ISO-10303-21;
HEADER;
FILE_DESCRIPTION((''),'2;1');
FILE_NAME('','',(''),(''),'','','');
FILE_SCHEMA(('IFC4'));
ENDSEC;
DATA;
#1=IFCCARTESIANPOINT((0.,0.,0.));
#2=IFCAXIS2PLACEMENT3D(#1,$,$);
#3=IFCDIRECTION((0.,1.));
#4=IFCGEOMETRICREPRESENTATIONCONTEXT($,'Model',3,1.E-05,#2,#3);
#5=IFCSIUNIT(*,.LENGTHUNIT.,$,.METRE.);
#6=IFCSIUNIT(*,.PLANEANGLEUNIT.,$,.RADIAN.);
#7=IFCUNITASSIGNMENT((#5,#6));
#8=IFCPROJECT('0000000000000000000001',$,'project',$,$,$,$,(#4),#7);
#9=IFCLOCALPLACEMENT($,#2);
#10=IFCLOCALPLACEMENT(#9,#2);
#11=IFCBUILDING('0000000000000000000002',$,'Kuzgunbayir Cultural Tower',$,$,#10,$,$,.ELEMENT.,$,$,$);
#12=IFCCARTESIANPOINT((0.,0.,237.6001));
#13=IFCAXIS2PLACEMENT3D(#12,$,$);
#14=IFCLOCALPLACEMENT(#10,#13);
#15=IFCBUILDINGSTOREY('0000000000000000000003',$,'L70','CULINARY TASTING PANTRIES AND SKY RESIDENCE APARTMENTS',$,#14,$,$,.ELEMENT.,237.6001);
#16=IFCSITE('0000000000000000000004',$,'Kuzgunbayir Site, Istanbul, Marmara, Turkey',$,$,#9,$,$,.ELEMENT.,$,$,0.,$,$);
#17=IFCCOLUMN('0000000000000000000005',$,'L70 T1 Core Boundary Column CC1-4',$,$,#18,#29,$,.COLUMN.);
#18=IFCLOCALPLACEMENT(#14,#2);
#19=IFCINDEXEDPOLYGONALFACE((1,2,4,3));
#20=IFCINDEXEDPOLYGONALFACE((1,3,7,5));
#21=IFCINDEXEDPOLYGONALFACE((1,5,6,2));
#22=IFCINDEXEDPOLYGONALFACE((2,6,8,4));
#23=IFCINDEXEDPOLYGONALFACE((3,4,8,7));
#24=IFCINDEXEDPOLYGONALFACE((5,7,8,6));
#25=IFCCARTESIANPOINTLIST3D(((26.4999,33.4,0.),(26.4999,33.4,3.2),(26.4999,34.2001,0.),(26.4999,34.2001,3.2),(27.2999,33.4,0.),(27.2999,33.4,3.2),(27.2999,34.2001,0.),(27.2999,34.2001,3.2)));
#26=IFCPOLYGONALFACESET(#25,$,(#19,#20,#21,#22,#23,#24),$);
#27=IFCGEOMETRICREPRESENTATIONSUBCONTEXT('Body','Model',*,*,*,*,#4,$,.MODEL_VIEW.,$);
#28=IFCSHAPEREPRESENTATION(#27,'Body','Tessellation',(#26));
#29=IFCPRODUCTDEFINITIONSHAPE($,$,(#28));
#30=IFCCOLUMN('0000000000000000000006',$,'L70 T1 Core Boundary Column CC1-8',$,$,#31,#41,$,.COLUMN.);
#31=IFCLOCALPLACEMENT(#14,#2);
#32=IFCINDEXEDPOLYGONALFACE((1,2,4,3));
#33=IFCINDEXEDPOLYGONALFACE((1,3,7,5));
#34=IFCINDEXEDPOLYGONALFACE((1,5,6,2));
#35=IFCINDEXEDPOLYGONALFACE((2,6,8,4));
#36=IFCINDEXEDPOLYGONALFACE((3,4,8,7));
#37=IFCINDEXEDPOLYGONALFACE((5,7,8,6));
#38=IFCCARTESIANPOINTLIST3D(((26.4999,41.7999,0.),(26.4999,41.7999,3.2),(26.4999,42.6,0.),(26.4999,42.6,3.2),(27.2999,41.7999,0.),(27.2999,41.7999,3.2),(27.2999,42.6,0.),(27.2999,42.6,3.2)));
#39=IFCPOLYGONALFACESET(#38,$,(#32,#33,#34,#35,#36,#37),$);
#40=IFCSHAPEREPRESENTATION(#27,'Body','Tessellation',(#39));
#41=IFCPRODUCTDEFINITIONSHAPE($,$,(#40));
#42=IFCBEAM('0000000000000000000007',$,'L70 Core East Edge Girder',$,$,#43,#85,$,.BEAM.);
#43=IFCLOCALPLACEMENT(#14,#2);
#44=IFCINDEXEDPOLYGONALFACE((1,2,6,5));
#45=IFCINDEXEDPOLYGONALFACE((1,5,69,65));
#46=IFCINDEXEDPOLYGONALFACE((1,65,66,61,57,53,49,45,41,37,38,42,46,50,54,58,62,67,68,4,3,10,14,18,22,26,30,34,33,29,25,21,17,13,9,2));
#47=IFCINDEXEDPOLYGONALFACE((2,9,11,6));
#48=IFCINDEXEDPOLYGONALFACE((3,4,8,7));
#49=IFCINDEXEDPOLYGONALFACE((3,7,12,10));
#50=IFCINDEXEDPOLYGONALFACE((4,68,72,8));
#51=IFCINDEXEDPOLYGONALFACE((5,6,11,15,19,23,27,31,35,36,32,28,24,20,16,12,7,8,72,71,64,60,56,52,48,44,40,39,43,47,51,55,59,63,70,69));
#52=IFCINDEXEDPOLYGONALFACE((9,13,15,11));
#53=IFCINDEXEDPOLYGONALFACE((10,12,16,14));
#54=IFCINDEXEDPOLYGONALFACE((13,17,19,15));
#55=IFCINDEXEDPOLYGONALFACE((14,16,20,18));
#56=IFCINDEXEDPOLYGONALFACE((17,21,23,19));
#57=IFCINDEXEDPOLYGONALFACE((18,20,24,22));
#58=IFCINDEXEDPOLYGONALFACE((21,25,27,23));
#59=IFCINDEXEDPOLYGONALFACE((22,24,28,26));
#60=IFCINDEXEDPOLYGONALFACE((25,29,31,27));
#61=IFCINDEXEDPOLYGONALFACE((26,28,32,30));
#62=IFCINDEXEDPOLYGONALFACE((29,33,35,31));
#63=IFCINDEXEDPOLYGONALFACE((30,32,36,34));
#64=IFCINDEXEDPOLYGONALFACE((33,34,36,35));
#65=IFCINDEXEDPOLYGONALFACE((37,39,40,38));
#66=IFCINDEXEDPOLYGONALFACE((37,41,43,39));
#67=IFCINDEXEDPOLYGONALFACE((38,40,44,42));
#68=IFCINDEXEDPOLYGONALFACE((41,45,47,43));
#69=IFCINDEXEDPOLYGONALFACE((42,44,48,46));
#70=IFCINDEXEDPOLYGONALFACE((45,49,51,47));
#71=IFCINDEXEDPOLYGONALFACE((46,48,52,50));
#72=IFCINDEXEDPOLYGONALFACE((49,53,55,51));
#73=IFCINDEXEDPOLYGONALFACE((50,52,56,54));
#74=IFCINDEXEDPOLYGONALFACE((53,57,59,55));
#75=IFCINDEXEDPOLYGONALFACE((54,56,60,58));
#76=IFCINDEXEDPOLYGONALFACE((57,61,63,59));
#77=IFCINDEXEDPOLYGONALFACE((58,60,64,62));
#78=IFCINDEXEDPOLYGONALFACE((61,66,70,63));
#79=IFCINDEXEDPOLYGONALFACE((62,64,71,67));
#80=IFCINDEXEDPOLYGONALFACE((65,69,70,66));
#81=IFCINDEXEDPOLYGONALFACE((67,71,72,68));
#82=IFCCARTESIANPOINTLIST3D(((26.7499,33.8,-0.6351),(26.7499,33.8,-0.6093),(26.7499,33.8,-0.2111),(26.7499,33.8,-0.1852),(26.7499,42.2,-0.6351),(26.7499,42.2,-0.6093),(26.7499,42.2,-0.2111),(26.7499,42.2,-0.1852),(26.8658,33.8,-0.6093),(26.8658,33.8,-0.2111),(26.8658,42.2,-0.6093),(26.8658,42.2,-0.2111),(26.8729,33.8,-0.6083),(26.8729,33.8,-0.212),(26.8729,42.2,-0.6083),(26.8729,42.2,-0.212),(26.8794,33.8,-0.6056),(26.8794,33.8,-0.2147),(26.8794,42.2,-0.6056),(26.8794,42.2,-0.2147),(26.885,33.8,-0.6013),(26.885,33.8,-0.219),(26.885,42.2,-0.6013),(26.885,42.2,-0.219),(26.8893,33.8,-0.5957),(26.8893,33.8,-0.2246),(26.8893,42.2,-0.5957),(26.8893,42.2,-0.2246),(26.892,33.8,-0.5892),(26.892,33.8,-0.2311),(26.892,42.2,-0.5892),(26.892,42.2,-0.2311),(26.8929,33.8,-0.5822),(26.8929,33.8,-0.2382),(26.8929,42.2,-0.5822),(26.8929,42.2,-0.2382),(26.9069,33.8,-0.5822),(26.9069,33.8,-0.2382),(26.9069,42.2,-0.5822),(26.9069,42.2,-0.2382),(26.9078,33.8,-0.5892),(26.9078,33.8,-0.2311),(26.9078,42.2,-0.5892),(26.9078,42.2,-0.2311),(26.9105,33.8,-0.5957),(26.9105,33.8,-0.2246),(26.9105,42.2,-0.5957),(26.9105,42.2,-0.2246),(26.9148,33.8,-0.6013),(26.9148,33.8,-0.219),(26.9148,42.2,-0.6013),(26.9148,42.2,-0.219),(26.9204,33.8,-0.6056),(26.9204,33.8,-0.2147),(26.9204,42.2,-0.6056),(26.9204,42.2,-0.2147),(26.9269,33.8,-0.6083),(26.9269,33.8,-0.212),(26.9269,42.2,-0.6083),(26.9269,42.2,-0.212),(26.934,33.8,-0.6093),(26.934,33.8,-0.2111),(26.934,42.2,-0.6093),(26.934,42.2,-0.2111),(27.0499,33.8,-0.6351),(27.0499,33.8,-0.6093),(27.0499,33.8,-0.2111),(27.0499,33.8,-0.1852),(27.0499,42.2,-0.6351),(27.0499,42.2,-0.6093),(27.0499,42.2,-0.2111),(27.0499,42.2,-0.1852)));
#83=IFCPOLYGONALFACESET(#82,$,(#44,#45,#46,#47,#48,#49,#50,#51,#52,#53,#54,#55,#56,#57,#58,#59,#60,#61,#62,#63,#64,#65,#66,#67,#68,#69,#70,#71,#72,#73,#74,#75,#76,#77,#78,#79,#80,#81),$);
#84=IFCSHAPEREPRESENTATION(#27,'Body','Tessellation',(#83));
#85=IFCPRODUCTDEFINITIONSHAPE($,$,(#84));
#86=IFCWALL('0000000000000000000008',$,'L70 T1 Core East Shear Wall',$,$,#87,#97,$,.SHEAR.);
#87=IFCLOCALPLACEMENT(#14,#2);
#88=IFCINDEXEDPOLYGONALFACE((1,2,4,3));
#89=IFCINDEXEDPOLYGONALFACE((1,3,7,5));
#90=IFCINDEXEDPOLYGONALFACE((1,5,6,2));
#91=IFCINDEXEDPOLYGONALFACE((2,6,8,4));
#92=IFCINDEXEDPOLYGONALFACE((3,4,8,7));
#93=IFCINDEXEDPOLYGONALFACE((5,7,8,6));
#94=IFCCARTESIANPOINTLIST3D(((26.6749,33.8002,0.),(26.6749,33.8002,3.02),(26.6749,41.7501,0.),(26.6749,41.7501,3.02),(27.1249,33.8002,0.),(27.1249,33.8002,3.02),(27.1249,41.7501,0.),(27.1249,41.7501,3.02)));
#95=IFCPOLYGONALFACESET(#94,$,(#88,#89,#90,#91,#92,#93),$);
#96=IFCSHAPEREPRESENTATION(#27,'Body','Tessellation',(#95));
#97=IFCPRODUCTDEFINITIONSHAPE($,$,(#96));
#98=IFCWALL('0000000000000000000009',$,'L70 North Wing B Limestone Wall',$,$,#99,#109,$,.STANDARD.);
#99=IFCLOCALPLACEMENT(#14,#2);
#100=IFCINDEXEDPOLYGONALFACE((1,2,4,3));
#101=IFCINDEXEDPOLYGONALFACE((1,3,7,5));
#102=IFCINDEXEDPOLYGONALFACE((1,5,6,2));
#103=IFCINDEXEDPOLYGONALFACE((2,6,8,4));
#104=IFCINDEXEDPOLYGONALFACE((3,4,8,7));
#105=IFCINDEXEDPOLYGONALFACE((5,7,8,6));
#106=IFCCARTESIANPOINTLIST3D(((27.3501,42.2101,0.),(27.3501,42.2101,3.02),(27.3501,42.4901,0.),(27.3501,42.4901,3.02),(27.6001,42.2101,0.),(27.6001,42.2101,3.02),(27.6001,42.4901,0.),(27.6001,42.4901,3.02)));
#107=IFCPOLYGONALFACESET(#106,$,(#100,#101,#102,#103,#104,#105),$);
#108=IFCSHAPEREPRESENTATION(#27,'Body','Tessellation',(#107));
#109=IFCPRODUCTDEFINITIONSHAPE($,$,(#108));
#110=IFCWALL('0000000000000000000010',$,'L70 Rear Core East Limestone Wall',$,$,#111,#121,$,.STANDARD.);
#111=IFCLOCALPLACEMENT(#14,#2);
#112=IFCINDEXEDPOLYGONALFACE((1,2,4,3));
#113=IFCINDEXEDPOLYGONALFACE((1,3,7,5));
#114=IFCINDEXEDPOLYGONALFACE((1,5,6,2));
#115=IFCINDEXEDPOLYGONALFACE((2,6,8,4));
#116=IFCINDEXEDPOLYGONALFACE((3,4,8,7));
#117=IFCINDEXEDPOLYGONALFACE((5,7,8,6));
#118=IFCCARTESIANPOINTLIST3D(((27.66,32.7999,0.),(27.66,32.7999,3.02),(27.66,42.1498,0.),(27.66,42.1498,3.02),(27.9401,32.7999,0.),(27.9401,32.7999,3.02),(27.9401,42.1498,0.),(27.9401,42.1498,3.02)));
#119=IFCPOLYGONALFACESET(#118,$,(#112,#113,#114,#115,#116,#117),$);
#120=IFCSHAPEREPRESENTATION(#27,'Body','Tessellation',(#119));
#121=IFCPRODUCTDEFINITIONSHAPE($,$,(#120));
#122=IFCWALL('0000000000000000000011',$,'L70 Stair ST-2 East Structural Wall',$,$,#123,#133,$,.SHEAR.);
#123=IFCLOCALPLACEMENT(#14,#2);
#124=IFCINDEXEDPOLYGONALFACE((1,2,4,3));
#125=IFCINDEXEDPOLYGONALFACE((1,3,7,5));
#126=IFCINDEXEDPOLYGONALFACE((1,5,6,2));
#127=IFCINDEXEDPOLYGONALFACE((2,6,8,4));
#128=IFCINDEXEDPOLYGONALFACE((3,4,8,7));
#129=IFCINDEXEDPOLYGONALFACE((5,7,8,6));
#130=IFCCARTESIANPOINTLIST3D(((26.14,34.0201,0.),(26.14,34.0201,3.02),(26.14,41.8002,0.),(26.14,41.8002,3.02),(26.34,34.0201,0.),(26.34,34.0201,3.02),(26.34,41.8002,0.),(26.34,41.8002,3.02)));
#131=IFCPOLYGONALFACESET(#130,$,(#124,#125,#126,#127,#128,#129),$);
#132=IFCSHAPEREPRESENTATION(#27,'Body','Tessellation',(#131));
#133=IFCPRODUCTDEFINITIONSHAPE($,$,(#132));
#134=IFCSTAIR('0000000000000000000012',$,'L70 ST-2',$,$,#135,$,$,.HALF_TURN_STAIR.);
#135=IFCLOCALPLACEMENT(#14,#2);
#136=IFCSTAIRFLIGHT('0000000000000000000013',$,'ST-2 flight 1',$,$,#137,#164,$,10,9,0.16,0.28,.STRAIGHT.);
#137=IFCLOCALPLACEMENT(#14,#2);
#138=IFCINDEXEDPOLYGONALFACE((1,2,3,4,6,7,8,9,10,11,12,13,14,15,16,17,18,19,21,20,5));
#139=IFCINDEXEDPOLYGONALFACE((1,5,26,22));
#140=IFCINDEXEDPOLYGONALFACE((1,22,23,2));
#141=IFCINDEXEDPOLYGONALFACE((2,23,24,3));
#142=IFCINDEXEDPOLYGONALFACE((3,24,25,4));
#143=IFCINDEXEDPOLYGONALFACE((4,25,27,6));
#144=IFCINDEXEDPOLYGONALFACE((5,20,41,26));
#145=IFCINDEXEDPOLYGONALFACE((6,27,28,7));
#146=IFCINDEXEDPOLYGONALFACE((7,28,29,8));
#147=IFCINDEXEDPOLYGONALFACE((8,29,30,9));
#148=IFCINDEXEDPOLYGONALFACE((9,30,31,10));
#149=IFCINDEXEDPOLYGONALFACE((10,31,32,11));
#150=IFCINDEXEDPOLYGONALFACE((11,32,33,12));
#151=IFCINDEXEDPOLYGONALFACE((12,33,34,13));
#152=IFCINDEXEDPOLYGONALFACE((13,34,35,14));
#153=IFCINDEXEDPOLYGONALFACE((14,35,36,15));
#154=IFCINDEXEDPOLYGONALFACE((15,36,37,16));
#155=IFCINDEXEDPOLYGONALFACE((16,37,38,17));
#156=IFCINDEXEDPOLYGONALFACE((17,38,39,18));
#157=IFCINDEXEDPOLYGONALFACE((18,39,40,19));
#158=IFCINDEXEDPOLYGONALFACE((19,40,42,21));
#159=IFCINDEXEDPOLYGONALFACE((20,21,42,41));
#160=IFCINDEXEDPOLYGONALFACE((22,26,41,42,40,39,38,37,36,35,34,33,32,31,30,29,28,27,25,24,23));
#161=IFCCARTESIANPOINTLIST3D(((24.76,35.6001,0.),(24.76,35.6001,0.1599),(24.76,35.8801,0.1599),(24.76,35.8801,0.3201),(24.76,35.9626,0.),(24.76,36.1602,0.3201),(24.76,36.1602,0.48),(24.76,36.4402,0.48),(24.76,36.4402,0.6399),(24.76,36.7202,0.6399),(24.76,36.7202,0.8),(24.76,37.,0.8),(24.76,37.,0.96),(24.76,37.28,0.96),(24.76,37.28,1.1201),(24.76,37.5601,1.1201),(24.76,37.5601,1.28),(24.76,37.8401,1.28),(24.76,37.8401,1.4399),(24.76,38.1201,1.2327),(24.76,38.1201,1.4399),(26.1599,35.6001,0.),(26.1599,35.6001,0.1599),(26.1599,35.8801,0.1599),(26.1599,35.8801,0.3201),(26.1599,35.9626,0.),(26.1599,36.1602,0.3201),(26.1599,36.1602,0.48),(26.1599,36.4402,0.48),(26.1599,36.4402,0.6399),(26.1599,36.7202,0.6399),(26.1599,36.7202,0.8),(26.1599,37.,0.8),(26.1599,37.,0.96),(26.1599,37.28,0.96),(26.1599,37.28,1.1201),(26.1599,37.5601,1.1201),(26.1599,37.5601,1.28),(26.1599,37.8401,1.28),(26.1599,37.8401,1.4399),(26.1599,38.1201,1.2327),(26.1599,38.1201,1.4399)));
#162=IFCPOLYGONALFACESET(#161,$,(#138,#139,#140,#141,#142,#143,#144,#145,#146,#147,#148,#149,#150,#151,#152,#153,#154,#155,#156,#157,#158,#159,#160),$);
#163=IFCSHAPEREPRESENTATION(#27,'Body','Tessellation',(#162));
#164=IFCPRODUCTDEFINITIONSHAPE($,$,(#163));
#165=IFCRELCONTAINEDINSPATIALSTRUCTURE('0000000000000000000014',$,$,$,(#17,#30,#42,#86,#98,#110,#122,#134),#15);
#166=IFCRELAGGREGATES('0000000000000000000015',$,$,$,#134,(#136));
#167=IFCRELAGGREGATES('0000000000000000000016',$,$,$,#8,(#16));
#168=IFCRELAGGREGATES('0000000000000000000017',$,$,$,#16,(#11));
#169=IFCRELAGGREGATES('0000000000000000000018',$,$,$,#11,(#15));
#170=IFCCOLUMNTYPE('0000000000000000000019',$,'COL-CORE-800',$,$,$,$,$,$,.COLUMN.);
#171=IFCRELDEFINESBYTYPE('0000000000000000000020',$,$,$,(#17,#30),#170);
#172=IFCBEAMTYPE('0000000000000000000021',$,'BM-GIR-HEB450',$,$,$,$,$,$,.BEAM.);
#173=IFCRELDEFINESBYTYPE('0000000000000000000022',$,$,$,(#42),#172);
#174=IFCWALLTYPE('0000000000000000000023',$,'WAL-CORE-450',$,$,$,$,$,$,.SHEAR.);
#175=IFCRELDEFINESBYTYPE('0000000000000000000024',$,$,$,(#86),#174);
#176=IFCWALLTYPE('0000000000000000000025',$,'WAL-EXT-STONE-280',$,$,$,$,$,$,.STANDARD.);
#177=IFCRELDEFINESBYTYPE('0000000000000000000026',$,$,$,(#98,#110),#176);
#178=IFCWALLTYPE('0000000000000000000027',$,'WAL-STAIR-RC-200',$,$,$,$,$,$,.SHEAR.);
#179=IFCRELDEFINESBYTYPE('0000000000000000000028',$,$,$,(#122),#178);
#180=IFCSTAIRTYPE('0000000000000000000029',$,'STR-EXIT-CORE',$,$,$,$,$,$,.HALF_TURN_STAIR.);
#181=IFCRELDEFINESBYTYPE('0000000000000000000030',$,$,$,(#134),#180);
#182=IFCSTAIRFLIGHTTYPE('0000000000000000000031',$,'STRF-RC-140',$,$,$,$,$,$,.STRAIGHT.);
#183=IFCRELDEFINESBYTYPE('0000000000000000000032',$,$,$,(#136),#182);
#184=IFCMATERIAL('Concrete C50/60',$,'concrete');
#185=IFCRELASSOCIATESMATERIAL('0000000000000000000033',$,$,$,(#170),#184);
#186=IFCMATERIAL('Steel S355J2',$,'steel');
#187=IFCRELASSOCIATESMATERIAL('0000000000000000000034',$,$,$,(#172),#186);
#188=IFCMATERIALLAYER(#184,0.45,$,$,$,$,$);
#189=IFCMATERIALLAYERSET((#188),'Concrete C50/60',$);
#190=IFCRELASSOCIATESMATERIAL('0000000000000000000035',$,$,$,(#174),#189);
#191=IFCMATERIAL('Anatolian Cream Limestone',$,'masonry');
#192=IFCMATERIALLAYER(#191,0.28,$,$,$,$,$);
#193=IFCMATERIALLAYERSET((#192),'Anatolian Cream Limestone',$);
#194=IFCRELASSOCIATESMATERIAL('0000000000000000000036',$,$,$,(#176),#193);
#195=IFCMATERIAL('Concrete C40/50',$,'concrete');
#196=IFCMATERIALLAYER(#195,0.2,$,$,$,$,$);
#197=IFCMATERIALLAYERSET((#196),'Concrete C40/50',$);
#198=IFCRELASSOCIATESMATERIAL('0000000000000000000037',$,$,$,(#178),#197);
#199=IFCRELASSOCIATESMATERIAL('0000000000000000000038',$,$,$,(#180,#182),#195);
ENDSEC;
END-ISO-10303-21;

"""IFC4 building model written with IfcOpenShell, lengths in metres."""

from ifc_helpers import new_model, si_unit, direction, frame, frame_2d, origin, origin_2d, place, context, subcontext, project, spatial, polyline, rectangle, i_section, outline, extrude, material, layer, layer_set, material_profile, profile_set, type_object, element, aggregate, save


model = new_model("IFC4")

# Units and contexts
model_context = context("Model", 3, precision=1e-05, world=origin(), true_north=direction((0.0, 1.0)))
body_context = subcontext(model_context, "Body", "Model", "MODEL_VIEW")
ifc_project = project(units=[si_unit("LENGTHUNIT", "METRE"), si_unit("PLANEANGLEUNIT", "RADIAN")], contexts=[model_context])

# Site, building, storey
site_placement = place(None, origin())
site = spatial("IfcSite", under=ifc_project, at=site_placement, Name="Kuzgunbayir Site, Istanbul, Marmara, Turkey", CompositionType="ELEMENT", RefElevation=0.0)
building_placement = place(site_placement, origin())
building = spatial("IfcBuilding", under=site, at=building_placement, Name="Kuzgunbayir Cultural Tower", CompositionType="ELEMENT")
storey_placement = place(building_placement, frame((0.0, 0.0, 237.6001)))
storey = spatial("IfcBuildingStorey", under=building, at=storey_placement, Name="L70", Description="CULINARY TASTING PANTRIES AND SKY RESIDENCE APARTMENTS", CompositionType="ELEMENT", Elevation=237.6001)

# Columns
ifc_material_1 = material(Name="Concrete C50/60", Category="concrete")
ifc_material_profile_1 = material_profile(ifc_material_1, rectangle(XDim=0.8, YDim=0.8, at=origin_2d()), Name="RC 800x800")
ifc_profile_set_1 = profile_set([ifc_material_profile_1], Name="Concrete C50/60")
column_type = type_object("IfcColumnType", Name="COL-CORE-800", PredefinedType="COLUMN", material=ifc_profile_set_1)
for number, where, z_axis, x_axis, name in (
    (1, (26.8999, 33.8, 0.0), (0.0, 0.0, 1.0), (1.0, 0.0, 0.0), "L70 T1 Core Boundary Column CC1-4"),
    (2, (26.8999, 42.2, 0.0), (0.0, 0.0, 1.0), (1.0, 0.0, 0.0), "L70 T1 Core Boundary Column CC1-8"),
):
    element("IfcColumn", number, at=place(storey_placement, frame(where, z_axis=z_axis, x_axis=x_axis)), inside=storey, type_object=column_type, Name=name, PredefinedType="COLUMN", context=body_context, shape_type="SweptSolid", body=[
        extrude(rectangle(XDim=0.8, YDim=0.8, at=origin_2d()), origin(), (0.0, 0.0, 1.0), 3.2),
    ])

# Beam
ifc_material_2 = material(Name="Steel S355J2", Category="steel")
ifc_material_profile_2 = material_profile(ifc_material_2, i_section(OverallWidth=0.3, OverallDepth=0.45, WebThickness=0.0139, FlangeThickness=0.0259, FilletRadius=0.0271, at=origin_2d()), Name="HEB 450")
ifc_profile_set_2 = profile_set([ifc_material_profile_2], Name="Steel S355J2")
beam_type = type_object("IfcBeamType", Name="BM-GIR-HEB450", PredefinedType="BEAM", material=ifc_profile_set_2)
beam_placement = place(storey_placement, frame((26.8999, 33.8, -0.4102), z_axis=(0.0, 1.0, 0.0), x_axis=(-1.0, 0.0, 0.0)))
element("IfcBeam", 3, at=beam_placement, inside=storey, type_object=beam_type, Name="L70 Core East Edge Girder", PredefinedType="BEAM", context=body_context, shape_type="SweptSolid", body=[
    extrude(i_section(OverallWidth=0.3, OverallDepth=0.45, WebThickness=0.0139, FlangeThickness=0.0259, FilletRadius=0.0271, at=origin_2d()), origin(), (0.0, 0.0, 1.0), 8.3999),
])

# Walls
ifc_layer_1 = layer(ifc_material_1, 0.45)
ifc_layer_set_1 = layer_set([ifc_layer_1], Name="Concrete C50/60")
wall_type_1 = type_object("IfcWallType", Name="WAL-CORE-450", PredefinedType="SHEAR", material=ifc_layer_set_1)
wall_1_placement = place(storey_placement, frame((26.8999, 33.8, 0.0), z_axis=(0.0, 0.0, 1.0), x_axis=(0.0, 1.0, 0.0)))
element("IfcWall", 4, at=wall_1_placement, inside=storey, type_object=wall_type_1, Name="L70 T1 Core East Shear Wall", PredefinedType="SHEAR", context=body_context, shape_type="SweptSolid", body=[
    extrude(rectangle(XDim=7.95, YDim=0.45, at=frame_2d((3.9751, 0.0))), origin(), (0.0, 0.0, 1.0), 3.02),
])
ifc_material_3 = material(Name="Anatolian Cream Limestone", Category="masonry")
ifc_layer_2 = layer(ifc_material_3, 0.28)
ifc_layer_set_2 = layer_set([ifc_layer_2], Name="Anatolian Cream Limestone")
wall_type_2 = type_object("IfcWallType", Name="WAL-EXT-STONE-280", PredefinedType="STANDARD", material=ifc_layer_set_2)
wall_2_placement = place(storey_placement, frame((27.6001, 42.3501, 0.0), z_axis=(0.0, 0.0, 1.0), x_axis=(-1.0, 0.0, 0.0)))
element("IfcWall", 5, at=wall_2_placement, inside=storey, type_object=wall_type_2, Name="L70 North Wing B Limestone Wall", PredefinedType="STANDARD", context=body_context, shape_type="SweptSolid", body=[
    extrude(rectangle(XDim=0.25, YDim=0.28, at=frame_2d((0.125, 0.0))), origin(), (0.0, 0.0, 1.0), 3.02),
])
wall_3_placement = place(storey_placement, frame((27.8, 32.8, 0.0), z_axis=(0.0, 0.0, 1.0), x_axis=(0.0, 1.0, 0.0)))
element("IfcWall", 6, at=wall_3_placement, inside=storey, type_object=wall_type_2, Name="L70 Rear Core East Limestone Wall", PredefinedType="STANDARD", context=body_context, shape_type="SweptSolid", body=[
    extrude(rectangle(XDim=9.3499, YDim=0.28, at=frame_2d((4.6748, 0.0))), origin(), (0.0, 0.0, 1.0), 3.02),
])
ifc_material_4 = material(Name="Concrete C40/50", Category="concrete")
ifc_layer_3 = layer(ifc_material_4, 0.2)
ifc_layer_set_3 = layer_set([ifc_layer_3], Name="Concrete C40/50")
wall_type_3 = type_object("IfcWallType", Name="WAL-STAIR-RC-200", PredefinedType="SHEAR", material=ifc_layer_set_3)
wall_4_placement = place(storey_placement, frame((26.24, 34.02, 0.0), z_axis=(0.0, 0.0, 1.0), x_axis=(0.0, 1.0, 0.0)))
element("IfcWall", 7, at=wall_4_placement, inside=storey, type_object=wall_type_3, Name="L70 Stair ST-2 East Structural Wall", PredefinedType="SHEAR", context=body_context, shape_type="SweptSolid", body=[
    extrude(rectangle(XDim=7.78, YDim=0.2, at=frame_2d((3.8901, 0.0))), origin(), (0.0, 0.0, 1.0), 3.02),
])

# Stair, stair flight
stair_type = type_object("IfcStairType", Name="STR-EXIT-CORE", PredefinedType="HALF_TURN_STAIR", material=ifc_material_4)
stair_placement = place(storey_placement, origin())
stair = element("IfcStair", 8, at=stair_placement, inside=storey, type_object=stair_type, Name="L70 ST-2", PredefinedType="HALF_TURN_STAIR")
stair_flight_type = type_object("IfcStairFlightType", Name="STRF-RC-140", PredefinedType="STRAIGHT", material=ifc_material_4)
stair_flight_1_placement = place(storey_placement, frame((25.46, 35.6001, 0.0), z_axis=(0.0, 0.0, 1.0), x_axis=(0.0, 1.0, 0.0)))
stair_flight_1 = element("IfcStairFlight", 9, at=stair_flight_1_placement, type_object=stair_flight_type, Name="ST-2 flight 1", NumberOfRisers=10, NumberOfTreads=9, PredefinedType="STRAIGHT", RiserHeight=0.16, TreadLength=0.28, context=body_context, shape_type="SweptSolid", body=[
    extrude(outline(polyline([(0.0, 0.0), (0.0, 0.1599), (0.28, 0.1599), (0.28, 0.3201), (0.5601, 0.3201), (0.5601, 0.48), (0.8401, 0.48), (0.8401, 0.6399), (1.1201, 0.6399), (1.1201, 0.8), (1.3999, 0.8), (1.3999, 0.96), (1.6799, 0.96), (1.6799, 1.1201), (1.96, 1.1201), (1.96, 1.28), (2.24, 1.28), (2.24, 1.4399), (2.52, 1.4399), (2.52, 1.6001), (2.52, 1.2327), (0.3625, 0.0), (0.0, 0.0)])), frame((0.0, 0.7, 0.0), z_axis=(0.0, -1.0, 0.0), x_axis=(1.0, 0.0, 0.0)), (0.0, 0.0, 1.0), 1.3999),
])
aggregate(stair, [stair_flight_1])

save(model, "model.ifc")
